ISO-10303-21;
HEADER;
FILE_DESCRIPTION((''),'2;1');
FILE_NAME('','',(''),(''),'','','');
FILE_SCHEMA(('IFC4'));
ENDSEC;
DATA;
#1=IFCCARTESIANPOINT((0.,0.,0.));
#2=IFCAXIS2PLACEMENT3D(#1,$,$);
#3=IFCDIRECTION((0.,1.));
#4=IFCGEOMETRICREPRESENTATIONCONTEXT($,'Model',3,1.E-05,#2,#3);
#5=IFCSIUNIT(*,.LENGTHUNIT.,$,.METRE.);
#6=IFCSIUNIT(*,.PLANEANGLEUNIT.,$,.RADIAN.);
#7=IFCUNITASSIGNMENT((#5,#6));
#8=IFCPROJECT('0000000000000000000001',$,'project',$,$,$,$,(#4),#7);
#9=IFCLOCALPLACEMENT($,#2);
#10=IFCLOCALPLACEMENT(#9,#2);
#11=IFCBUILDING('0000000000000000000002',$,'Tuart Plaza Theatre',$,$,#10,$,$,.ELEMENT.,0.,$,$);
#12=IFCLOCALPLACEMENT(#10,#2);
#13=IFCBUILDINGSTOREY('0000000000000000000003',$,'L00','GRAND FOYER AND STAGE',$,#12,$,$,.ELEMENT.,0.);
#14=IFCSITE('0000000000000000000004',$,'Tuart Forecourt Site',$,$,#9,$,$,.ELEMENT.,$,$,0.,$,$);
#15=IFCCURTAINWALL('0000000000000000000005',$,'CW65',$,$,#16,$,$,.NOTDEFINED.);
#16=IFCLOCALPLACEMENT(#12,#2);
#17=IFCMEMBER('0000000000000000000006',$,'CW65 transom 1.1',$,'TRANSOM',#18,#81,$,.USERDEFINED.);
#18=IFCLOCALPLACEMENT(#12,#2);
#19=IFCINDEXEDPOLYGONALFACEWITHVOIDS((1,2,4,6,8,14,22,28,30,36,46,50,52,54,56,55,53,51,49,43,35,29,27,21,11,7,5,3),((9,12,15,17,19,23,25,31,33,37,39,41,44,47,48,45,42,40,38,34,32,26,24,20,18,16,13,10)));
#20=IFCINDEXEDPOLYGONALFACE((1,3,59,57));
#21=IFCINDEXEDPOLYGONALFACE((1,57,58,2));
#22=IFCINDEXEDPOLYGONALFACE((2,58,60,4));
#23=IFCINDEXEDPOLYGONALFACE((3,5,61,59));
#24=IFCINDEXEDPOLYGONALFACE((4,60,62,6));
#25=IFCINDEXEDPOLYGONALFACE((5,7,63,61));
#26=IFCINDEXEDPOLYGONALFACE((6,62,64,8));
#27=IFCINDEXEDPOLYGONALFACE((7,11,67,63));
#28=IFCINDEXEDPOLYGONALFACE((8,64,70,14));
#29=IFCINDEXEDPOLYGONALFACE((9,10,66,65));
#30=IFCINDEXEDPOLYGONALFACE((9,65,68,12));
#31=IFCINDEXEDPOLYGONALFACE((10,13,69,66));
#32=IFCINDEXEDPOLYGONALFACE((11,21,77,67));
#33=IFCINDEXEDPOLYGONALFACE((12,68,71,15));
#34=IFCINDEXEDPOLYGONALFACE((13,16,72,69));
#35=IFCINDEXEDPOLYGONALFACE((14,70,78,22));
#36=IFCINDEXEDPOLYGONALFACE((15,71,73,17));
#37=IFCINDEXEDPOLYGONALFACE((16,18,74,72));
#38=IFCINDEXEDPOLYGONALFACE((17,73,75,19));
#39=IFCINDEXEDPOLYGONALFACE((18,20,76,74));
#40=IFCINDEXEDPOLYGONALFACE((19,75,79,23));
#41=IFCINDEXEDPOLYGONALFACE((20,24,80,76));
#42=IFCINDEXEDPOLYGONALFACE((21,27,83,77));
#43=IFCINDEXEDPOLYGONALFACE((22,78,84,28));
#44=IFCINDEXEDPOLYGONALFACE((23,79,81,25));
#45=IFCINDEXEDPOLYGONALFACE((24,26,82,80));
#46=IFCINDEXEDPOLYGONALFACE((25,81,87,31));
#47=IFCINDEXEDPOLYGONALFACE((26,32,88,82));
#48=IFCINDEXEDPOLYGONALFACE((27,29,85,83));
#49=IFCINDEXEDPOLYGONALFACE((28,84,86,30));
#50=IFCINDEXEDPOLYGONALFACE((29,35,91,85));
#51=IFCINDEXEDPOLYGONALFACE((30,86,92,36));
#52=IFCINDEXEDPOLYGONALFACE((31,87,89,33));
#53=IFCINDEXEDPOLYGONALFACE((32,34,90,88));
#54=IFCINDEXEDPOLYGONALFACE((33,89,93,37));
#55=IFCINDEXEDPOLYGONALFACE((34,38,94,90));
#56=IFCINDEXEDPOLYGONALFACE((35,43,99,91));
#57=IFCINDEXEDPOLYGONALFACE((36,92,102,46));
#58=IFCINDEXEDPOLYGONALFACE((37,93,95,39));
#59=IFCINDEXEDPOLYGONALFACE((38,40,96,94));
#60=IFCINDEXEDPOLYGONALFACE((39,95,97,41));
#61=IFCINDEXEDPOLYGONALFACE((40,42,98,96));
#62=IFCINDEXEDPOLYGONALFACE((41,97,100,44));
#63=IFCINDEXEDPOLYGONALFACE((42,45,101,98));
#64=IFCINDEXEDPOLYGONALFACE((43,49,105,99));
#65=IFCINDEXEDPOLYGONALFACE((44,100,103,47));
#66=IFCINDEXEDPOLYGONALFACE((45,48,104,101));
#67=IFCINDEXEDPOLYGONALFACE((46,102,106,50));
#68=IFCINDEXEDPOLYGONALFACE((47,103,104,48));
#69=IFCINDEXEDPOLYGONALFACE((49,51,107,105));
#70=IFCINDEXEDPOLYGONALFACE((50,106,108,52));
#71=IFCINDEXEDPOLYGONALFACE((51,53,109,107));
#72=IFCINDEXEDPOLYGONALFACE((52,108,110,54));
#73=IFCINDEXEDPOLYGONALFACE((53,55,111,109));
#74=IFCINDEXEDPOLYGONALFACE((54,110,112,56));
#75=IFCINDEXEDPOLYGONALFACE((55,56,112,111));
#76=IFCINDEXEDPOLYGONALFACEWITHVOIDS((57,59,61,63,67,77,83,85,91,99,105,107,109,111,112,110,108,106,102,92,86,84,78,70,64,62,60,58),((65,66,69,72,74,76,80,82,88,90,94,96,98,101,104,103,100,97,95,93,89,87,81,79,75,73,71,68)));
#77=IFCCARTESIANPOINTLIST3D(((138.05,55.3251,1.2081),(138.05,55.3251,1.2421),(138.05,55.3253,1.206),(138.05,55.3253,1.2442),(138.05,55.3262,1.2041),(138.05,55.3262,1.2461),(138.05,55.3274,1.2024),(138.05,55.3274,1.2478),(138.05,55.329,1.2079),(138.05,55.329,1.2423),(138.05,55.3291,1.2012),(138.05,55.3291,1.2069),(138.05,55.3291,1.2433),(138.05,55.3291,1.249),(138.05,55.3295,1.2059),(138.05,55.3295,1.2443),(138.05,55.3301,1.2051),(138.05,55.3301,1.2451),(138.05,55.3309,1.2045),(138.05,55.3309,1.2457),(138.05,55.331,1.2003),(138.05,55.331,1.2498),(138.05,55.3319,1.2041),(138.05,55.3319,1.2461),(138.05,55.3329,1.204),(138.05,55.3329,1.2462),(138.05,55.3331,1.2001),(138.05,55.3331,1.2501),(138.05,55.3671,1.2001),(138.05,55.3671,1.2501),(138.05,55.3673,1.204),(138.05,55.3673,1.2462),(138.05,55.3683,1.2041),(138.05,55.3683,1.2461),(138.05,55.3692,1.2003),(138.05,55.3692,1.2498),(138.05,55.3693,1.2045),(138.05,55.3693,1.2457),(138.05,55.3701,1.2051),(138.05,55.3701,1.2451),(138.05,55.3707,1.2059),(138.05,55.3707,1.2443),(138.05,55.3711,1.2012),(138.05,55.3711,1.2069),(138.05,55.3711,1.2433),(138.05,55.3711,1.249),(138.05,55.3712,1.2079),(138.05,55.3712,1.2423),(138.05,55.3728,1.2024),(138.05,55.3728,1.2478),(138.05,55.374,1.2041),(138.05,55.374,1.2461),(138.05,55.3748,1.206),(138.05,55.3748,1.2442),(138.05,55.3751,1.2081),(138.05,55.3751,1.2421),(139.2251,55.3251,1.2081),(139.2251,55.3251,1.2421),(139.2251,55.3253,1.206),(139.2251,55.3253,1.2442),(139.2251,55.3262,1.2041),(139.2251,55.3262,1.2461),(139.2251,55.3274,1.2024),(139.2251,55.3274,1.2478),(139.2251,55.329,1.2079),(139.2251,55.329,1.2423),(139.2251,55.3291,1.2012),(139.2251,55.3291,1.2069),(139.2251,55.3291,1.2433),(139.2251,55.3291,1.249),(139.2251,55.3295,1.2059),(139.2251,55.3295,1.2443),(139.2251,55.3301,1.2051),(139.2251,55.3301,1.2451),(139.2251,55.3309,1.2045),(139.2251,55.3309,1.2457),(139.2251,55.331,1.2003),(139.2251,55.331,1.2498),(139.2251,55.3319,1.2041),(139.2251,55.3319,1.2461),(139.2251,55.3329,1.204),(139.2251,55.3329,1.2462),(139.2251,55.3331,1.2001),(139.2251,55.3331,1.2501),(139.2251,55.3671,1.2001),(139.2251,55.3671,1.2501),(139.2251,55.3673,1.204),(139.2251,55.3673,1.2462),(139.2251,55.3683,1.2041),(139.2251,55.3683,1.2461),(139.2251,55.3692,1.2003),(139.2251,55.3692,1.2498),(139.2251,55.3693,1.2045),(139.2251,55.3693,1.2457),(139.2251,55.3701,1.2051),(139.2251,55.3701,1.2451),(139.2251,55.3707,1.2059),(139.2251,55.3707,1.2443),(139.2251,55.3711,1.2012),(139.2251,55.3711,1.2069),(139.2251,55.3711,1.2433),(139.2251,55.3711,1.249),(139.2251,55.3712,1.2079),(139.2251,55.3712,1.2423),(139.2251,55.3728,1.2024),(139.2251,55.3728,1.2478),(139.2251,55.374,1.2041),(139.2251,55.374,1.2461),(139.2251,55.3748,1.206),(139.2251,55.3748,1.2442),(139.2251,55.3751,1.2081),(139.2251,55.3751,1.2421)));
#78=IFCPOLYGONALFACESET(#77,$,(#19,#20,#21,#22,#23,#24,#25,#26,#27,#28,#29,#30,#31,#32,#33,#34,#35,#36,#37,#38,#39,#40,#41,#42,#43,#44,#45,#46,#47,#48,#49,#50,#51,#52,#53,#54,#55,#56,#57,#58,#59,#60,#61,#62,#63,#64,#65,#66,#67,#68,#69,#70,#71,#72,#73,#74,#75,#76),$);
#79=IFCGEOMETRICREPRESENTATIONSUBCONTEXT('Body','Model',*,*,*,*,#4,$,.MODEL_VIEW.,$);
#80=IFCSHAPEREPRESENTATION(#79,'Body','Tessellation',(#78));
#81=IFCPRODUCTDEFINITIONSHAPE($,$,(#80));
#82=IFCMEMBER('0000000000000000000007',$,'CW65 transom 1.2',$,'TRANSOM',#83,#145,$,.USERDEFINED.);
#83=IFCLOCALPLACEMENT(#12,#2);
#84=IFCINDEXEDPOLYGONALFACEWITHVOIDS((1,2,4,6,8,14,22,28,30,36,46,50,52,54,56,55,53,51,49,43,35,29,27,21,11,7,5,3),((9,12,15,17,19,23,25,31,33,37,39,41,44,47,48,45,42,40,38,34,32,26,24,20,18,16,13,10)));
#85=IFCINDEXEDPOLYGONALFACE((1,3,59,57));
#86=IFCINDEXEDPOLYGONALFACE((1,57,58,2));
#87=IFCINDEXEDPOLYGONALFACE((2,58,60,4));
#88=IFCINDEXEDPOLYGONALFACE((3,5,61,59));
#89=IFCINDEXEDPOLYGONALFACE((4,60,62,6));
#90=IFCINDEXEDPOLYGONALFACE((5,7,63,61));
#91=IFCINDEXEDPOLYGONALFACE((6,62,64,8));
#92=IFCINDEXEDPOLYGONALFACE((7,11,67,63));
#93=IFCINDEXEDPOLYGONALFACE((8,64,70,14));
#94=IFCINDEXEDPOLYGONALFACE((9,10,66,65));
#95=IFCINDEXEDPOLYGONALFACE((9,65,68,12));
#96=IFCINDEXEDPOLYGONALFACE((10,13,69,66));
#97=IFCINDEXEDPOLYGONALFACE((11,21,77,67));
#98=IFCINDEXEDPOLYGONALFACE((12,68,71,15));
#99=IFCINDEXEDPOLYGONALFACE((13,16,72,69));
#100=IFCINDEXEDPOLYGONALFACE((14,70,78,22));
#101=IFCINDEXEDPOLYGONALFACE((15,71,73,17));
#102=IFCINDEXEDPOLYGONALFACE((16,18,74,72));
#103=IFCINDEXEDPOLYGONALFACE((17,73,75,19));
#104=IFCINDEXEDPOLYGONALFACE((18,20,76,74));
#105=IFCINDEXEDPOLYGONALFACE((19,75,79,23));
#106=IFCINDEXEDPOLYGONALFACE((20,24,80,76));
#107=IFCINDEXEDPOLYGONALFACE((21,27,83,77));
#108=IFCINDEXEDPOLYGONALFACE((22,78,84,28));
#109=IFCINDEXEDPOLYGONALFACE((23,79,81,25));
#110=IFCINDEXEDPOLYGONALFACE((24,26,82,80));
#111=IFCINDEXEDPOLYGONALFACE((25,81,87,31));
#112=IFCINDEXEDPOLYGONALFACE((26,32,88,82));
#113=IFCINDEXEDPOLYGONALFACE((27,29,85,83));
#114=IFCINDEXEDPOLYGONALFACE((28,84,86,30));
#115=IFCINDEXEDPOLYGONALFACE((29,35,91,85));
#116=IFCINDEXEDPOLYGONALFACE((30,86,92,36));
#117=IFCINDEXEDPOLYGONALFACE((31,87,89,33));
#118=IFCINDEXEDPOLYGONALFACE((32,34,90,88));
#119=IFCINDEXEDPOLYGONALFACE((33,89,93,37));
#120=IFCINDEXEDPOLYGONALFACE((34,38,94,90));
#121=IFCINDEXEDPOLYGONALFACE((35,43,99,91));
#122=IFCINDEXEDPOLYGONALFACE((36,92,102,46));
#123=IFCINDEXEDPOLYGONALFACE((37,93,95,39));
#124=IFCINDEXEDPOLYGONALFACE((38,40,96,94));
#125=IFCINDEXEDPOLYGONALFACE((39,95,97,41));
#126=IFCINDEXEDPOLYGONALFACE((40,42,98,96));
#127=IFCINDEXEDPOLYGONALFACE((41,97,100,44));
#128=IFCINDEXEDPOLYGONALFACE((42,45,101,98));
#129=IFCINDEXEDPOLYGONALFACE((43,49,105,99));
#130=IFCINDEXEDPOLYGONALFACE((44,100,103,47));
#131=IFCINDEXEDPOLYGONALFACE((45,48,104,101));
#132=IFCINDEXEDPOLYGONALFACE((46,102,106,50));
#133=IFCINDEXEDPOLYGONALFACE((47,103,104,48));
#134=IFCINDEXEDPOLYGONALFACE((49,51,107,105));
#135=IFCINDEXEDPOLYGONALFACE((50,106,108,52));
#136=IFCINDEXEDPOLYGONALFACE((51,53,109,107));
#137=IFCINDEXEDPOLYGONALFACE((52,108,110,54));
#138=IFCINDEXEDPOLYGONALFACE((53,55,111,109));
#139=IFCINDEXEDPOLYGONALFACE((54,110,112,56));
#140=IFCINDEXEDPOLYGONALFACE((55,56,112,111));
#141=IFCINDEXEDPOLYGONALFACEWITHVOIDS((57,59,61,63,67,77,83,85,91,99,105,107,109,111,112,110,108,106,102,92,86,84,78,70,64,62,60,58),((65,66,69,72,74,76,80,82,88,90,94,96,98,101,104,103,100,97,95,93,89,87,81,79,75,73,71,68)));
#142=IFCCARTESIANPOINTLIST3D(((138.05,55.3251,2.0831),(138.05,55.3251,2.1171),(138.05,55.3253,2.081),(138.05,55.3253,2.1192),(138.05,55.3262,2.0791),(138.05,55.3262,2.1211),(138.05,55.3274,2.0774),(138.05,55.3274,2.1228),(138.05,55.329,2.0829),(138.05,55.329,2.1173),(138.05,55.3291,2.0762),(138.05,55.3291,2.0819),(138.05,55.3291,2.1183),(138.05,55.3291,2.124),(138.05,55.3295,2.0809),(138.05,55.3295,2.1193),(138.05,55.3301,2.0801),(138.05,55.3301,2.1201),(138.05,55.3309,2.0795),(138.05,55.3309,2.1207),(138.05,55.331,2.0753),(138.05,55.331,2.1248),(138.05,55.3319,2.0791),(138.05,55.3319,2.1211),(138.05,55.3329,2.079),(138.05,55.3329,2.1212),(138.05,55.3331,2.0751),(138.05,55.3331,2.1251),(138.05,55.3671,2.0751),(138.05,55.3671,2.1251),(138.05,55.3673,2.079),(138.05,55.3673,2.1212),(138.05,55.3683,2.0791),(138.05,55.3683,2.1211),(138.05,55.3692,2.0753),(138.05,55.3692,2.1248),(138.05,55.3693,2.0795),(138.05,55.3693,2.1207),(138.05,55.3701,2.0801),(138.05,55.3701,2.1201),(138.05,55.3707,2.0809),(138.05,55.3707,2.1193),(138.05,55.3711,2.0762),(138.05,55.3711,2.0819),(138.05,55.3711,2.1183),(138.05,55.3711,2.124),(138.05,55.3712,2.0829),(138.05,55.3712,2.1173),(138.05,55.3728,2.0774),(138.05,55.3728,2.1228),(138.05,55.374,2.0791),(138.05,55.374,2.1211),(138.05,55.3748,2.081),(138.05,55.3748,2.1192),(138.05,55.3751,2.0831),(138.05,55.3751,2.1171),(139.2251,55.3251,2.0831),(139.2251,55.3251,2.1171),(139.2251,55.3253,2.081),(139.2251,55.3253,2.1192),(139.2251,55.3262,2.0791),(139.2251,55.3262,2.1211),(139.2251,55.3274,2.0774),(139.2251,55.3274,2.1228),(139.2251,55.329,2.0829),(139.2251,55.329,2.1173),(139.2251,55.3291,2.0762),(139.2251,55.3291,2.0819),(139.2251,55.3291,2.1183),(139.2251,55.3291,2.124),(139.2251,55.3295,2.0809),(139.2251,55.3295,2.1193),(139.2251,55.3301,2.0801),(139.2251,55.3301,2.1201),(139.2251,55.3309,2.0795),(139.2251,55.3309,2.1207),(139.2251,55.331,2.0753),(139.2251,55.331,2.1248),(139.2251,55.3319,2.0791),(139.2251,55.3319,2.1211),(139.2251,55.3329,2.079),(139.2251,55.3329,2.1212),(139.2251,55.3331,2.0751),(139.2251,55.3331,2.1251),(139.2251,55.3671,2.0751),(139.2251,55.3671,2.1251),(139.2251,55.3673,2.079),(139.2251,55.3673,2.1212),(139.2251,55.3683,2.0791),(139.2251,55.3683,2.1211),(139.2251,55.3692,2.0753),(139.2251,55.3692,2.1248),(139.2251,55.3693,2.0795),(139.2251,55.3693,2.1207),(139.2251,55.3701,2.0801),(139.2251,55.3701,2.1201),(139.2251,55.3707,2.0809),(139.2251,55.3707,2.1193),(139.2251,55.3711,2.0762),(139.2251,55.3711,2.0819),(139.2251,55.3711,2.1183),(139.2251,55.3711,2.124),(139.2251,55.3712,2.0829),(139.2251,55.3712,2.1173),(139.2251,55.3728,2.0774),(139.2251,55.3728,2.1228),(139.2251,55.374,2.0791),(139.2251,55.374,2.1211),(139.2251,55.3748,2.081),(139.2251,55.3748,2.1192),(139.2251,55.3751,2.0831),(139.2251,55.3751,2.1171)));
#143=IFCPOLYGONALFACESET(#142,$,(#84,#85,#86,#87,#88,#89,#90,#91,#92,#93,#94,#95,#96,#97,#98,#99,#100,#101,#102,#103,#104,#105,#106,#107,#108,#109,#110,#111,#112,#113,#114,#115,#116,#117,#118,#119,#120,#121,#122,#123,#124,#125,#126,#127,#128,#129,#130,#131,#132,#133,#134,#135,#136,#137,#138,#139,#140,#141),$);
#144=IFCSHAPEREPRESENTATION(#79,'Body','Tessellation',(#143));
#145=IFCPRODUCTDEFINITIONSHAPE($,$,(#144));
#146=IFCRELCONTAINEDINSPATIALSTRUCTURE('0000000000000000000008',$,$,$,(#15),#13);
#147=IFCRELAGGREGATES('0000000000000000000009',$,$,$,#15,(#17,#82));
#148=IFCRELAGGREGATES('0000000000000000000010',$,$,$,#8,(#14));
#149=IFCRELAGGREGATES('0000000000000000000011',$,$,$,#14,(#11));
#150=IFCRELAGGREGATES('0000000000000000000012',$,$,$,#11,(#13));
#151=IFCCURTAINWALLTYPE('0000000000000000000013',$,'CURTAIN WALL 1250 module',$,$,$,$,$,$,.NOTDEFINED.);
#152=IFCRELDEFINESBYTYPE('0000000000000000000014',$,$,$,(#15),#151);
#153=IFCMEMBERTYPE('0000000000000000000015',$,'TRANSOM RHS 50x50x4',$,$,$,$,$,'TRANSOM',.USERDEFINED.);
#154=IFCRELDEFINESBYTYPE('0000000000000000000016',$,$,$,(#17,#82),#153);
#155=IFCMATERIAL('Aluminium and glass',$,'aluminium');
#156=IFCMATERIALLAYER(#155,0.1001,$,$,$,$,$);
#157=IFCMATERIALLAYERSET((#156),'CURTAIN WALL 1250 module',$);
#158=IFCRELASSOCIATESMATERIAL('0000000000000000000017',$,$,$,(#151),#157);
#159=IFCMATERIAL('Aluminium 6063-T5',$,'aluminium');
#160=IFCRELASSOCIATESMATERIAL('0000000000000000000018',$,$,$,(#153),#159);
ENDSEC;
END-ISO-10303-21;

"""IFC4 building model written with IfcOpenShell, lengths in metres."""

from ifc_helpers import new_model, si_unit, direction, frame, origin, origin_2d, place, context, subcontext, project, spatial, hollow_rectangle, extrude, material, layer, layer_set, material_profile, profile_set, type_object, element, aggregate, save


model = new_model("IFC4")

# Units and contexts
model_context = context("Model", 3, precision=1e-05, world=origin(), true_north=direction((0.0, 1.0)))
body_context = subcontext(model_context, "Body", "Model", "MODEL_VIEW")
ifc_project = project(units=[si_unit("LENGTHUNIT", "METRE"), si_unit("PLANEANGLEUNIT", "RADIAN")], contexts=[model_context])

# Site, building, storey
site_placement = place(None, origin())
site = spatial("IfcSite", under=ifc_project, at=site_placement, Name="Tuart Forecourt Site", CompositionType="ELEMENT", RefElevation=0.0)
building_placement = place(site_placement, origin())
building = spatial("IfcBuilding", under=site, at=building_placement, Name="Tuart Plaza Theatre", CompositionType="ELEMENT", ElevationOfRefHeight=0.0)
storey_placement = place(building_placement, origin())
storey = spatial("IfcBuildingStorey", under=building, at=storey_placement, Name="L00", Description="GRAND FOYER AND STAGE", CompositionType="ELEMENT", Elevation=0.0)

# Curtain wall
ifc_material_1 = material(Name="Aluminium and glass", Category="aluminium")
ifc_layer_1 = layer(ifc_material_1, 0.1001)
ifc_layer_set_1 = layer_set([ifc_layer_1], Name="CURTAIN WALL 1250 module")
curtain_wall_type_1 = type_object("IfcCurtainWallType", Name="CURTAIN WALL 1250 module", PredefinedType="NOTDEFINED", material=ifc_layer_set_1)
curtain_wall_1_placement = place(storey_placement, origin())
curtain_wall_1 = element("IfcCurtainWall", 1, at=curtain_wall_1_placement, inside=storey, type_object=curtain_wall_type_1, Name="CW65", PredefinedType="NOTDEFINED")

# Members
ifc_material_2 = material(Name="Aluminium 6063-T5", Category="aluminium")
ifc_material_profile_1 = material_profile(ifc_material_2, hollow_rectangle(XDim=0.05, YDim=0.05, WallThickness=0.0039, InnerFilletRadius=0.0039, OuterFilletRadius=0.0081, at=origin_2d()), Name="RHS 50x50x4")
ifc_profile_set_1 = profile_set([ifc_material_profile_1], Name="Aluminium 6063-T5")
member_type_1 = type_object("IfcMemberType", Name="TRANSOM RHS 50x50x4", ElementType="TRANSOM", PredefinedType="USERDEFINED", material=ifc_profile_set_1)
member_1_placement = place(storey_placement, frame((138.05, 55.3501, 1.2251), z_axis=(1.0, 0.0, 0.0), x_axis=(0.0, 1.0, 0.0)))
member_1 = element("IfcMember", 2, at=member_1_placement, type_object=member_type_1, Name="CW65 transom 1.1", ObjectType="TRANSOM", PredefinedType="USERDEFINED", context=body_context, shape_type="SweptSolid", body=[
    extrude(hollow_rectangle(XDim=0.05, YDim=0.05, WallThickness=0.0039, InnerFilletRadius=0.0039, OuterFilletRadius=0.0081, at=origin_2d()), origin(), (0.0, 0.0, 1.0), 1.175),
])
member_2_placement = place(storey_placement, frame((138.05, 55.3501, 2.1001), z_axis=(1.0, 0.0, 0.0), x_axis=(0.0, 1.0, 0.0)))
member_2 = element("IfcMember", 3, at=member_2_placement, type_object=member_type_1, Name="CW65 transom 1.2", ObjectType="TRANSOM", PredefinedType="USERDEFINED", context=body_context, shape_type="SweptSolid", body=[
    extrude(hollow_rectangle(XDim=0.05, YDim=0.05, WallThickness=0.0039, InnerFilletRadius=0.0039, OuterFilletRadius=0.0081, at=origin_2d()), origin(), (0.0, 0.0, 1.0), 1.175),
])

aggregate(curtain_wall_1, [member_1, member_2])

save(model, "model.ifc")
